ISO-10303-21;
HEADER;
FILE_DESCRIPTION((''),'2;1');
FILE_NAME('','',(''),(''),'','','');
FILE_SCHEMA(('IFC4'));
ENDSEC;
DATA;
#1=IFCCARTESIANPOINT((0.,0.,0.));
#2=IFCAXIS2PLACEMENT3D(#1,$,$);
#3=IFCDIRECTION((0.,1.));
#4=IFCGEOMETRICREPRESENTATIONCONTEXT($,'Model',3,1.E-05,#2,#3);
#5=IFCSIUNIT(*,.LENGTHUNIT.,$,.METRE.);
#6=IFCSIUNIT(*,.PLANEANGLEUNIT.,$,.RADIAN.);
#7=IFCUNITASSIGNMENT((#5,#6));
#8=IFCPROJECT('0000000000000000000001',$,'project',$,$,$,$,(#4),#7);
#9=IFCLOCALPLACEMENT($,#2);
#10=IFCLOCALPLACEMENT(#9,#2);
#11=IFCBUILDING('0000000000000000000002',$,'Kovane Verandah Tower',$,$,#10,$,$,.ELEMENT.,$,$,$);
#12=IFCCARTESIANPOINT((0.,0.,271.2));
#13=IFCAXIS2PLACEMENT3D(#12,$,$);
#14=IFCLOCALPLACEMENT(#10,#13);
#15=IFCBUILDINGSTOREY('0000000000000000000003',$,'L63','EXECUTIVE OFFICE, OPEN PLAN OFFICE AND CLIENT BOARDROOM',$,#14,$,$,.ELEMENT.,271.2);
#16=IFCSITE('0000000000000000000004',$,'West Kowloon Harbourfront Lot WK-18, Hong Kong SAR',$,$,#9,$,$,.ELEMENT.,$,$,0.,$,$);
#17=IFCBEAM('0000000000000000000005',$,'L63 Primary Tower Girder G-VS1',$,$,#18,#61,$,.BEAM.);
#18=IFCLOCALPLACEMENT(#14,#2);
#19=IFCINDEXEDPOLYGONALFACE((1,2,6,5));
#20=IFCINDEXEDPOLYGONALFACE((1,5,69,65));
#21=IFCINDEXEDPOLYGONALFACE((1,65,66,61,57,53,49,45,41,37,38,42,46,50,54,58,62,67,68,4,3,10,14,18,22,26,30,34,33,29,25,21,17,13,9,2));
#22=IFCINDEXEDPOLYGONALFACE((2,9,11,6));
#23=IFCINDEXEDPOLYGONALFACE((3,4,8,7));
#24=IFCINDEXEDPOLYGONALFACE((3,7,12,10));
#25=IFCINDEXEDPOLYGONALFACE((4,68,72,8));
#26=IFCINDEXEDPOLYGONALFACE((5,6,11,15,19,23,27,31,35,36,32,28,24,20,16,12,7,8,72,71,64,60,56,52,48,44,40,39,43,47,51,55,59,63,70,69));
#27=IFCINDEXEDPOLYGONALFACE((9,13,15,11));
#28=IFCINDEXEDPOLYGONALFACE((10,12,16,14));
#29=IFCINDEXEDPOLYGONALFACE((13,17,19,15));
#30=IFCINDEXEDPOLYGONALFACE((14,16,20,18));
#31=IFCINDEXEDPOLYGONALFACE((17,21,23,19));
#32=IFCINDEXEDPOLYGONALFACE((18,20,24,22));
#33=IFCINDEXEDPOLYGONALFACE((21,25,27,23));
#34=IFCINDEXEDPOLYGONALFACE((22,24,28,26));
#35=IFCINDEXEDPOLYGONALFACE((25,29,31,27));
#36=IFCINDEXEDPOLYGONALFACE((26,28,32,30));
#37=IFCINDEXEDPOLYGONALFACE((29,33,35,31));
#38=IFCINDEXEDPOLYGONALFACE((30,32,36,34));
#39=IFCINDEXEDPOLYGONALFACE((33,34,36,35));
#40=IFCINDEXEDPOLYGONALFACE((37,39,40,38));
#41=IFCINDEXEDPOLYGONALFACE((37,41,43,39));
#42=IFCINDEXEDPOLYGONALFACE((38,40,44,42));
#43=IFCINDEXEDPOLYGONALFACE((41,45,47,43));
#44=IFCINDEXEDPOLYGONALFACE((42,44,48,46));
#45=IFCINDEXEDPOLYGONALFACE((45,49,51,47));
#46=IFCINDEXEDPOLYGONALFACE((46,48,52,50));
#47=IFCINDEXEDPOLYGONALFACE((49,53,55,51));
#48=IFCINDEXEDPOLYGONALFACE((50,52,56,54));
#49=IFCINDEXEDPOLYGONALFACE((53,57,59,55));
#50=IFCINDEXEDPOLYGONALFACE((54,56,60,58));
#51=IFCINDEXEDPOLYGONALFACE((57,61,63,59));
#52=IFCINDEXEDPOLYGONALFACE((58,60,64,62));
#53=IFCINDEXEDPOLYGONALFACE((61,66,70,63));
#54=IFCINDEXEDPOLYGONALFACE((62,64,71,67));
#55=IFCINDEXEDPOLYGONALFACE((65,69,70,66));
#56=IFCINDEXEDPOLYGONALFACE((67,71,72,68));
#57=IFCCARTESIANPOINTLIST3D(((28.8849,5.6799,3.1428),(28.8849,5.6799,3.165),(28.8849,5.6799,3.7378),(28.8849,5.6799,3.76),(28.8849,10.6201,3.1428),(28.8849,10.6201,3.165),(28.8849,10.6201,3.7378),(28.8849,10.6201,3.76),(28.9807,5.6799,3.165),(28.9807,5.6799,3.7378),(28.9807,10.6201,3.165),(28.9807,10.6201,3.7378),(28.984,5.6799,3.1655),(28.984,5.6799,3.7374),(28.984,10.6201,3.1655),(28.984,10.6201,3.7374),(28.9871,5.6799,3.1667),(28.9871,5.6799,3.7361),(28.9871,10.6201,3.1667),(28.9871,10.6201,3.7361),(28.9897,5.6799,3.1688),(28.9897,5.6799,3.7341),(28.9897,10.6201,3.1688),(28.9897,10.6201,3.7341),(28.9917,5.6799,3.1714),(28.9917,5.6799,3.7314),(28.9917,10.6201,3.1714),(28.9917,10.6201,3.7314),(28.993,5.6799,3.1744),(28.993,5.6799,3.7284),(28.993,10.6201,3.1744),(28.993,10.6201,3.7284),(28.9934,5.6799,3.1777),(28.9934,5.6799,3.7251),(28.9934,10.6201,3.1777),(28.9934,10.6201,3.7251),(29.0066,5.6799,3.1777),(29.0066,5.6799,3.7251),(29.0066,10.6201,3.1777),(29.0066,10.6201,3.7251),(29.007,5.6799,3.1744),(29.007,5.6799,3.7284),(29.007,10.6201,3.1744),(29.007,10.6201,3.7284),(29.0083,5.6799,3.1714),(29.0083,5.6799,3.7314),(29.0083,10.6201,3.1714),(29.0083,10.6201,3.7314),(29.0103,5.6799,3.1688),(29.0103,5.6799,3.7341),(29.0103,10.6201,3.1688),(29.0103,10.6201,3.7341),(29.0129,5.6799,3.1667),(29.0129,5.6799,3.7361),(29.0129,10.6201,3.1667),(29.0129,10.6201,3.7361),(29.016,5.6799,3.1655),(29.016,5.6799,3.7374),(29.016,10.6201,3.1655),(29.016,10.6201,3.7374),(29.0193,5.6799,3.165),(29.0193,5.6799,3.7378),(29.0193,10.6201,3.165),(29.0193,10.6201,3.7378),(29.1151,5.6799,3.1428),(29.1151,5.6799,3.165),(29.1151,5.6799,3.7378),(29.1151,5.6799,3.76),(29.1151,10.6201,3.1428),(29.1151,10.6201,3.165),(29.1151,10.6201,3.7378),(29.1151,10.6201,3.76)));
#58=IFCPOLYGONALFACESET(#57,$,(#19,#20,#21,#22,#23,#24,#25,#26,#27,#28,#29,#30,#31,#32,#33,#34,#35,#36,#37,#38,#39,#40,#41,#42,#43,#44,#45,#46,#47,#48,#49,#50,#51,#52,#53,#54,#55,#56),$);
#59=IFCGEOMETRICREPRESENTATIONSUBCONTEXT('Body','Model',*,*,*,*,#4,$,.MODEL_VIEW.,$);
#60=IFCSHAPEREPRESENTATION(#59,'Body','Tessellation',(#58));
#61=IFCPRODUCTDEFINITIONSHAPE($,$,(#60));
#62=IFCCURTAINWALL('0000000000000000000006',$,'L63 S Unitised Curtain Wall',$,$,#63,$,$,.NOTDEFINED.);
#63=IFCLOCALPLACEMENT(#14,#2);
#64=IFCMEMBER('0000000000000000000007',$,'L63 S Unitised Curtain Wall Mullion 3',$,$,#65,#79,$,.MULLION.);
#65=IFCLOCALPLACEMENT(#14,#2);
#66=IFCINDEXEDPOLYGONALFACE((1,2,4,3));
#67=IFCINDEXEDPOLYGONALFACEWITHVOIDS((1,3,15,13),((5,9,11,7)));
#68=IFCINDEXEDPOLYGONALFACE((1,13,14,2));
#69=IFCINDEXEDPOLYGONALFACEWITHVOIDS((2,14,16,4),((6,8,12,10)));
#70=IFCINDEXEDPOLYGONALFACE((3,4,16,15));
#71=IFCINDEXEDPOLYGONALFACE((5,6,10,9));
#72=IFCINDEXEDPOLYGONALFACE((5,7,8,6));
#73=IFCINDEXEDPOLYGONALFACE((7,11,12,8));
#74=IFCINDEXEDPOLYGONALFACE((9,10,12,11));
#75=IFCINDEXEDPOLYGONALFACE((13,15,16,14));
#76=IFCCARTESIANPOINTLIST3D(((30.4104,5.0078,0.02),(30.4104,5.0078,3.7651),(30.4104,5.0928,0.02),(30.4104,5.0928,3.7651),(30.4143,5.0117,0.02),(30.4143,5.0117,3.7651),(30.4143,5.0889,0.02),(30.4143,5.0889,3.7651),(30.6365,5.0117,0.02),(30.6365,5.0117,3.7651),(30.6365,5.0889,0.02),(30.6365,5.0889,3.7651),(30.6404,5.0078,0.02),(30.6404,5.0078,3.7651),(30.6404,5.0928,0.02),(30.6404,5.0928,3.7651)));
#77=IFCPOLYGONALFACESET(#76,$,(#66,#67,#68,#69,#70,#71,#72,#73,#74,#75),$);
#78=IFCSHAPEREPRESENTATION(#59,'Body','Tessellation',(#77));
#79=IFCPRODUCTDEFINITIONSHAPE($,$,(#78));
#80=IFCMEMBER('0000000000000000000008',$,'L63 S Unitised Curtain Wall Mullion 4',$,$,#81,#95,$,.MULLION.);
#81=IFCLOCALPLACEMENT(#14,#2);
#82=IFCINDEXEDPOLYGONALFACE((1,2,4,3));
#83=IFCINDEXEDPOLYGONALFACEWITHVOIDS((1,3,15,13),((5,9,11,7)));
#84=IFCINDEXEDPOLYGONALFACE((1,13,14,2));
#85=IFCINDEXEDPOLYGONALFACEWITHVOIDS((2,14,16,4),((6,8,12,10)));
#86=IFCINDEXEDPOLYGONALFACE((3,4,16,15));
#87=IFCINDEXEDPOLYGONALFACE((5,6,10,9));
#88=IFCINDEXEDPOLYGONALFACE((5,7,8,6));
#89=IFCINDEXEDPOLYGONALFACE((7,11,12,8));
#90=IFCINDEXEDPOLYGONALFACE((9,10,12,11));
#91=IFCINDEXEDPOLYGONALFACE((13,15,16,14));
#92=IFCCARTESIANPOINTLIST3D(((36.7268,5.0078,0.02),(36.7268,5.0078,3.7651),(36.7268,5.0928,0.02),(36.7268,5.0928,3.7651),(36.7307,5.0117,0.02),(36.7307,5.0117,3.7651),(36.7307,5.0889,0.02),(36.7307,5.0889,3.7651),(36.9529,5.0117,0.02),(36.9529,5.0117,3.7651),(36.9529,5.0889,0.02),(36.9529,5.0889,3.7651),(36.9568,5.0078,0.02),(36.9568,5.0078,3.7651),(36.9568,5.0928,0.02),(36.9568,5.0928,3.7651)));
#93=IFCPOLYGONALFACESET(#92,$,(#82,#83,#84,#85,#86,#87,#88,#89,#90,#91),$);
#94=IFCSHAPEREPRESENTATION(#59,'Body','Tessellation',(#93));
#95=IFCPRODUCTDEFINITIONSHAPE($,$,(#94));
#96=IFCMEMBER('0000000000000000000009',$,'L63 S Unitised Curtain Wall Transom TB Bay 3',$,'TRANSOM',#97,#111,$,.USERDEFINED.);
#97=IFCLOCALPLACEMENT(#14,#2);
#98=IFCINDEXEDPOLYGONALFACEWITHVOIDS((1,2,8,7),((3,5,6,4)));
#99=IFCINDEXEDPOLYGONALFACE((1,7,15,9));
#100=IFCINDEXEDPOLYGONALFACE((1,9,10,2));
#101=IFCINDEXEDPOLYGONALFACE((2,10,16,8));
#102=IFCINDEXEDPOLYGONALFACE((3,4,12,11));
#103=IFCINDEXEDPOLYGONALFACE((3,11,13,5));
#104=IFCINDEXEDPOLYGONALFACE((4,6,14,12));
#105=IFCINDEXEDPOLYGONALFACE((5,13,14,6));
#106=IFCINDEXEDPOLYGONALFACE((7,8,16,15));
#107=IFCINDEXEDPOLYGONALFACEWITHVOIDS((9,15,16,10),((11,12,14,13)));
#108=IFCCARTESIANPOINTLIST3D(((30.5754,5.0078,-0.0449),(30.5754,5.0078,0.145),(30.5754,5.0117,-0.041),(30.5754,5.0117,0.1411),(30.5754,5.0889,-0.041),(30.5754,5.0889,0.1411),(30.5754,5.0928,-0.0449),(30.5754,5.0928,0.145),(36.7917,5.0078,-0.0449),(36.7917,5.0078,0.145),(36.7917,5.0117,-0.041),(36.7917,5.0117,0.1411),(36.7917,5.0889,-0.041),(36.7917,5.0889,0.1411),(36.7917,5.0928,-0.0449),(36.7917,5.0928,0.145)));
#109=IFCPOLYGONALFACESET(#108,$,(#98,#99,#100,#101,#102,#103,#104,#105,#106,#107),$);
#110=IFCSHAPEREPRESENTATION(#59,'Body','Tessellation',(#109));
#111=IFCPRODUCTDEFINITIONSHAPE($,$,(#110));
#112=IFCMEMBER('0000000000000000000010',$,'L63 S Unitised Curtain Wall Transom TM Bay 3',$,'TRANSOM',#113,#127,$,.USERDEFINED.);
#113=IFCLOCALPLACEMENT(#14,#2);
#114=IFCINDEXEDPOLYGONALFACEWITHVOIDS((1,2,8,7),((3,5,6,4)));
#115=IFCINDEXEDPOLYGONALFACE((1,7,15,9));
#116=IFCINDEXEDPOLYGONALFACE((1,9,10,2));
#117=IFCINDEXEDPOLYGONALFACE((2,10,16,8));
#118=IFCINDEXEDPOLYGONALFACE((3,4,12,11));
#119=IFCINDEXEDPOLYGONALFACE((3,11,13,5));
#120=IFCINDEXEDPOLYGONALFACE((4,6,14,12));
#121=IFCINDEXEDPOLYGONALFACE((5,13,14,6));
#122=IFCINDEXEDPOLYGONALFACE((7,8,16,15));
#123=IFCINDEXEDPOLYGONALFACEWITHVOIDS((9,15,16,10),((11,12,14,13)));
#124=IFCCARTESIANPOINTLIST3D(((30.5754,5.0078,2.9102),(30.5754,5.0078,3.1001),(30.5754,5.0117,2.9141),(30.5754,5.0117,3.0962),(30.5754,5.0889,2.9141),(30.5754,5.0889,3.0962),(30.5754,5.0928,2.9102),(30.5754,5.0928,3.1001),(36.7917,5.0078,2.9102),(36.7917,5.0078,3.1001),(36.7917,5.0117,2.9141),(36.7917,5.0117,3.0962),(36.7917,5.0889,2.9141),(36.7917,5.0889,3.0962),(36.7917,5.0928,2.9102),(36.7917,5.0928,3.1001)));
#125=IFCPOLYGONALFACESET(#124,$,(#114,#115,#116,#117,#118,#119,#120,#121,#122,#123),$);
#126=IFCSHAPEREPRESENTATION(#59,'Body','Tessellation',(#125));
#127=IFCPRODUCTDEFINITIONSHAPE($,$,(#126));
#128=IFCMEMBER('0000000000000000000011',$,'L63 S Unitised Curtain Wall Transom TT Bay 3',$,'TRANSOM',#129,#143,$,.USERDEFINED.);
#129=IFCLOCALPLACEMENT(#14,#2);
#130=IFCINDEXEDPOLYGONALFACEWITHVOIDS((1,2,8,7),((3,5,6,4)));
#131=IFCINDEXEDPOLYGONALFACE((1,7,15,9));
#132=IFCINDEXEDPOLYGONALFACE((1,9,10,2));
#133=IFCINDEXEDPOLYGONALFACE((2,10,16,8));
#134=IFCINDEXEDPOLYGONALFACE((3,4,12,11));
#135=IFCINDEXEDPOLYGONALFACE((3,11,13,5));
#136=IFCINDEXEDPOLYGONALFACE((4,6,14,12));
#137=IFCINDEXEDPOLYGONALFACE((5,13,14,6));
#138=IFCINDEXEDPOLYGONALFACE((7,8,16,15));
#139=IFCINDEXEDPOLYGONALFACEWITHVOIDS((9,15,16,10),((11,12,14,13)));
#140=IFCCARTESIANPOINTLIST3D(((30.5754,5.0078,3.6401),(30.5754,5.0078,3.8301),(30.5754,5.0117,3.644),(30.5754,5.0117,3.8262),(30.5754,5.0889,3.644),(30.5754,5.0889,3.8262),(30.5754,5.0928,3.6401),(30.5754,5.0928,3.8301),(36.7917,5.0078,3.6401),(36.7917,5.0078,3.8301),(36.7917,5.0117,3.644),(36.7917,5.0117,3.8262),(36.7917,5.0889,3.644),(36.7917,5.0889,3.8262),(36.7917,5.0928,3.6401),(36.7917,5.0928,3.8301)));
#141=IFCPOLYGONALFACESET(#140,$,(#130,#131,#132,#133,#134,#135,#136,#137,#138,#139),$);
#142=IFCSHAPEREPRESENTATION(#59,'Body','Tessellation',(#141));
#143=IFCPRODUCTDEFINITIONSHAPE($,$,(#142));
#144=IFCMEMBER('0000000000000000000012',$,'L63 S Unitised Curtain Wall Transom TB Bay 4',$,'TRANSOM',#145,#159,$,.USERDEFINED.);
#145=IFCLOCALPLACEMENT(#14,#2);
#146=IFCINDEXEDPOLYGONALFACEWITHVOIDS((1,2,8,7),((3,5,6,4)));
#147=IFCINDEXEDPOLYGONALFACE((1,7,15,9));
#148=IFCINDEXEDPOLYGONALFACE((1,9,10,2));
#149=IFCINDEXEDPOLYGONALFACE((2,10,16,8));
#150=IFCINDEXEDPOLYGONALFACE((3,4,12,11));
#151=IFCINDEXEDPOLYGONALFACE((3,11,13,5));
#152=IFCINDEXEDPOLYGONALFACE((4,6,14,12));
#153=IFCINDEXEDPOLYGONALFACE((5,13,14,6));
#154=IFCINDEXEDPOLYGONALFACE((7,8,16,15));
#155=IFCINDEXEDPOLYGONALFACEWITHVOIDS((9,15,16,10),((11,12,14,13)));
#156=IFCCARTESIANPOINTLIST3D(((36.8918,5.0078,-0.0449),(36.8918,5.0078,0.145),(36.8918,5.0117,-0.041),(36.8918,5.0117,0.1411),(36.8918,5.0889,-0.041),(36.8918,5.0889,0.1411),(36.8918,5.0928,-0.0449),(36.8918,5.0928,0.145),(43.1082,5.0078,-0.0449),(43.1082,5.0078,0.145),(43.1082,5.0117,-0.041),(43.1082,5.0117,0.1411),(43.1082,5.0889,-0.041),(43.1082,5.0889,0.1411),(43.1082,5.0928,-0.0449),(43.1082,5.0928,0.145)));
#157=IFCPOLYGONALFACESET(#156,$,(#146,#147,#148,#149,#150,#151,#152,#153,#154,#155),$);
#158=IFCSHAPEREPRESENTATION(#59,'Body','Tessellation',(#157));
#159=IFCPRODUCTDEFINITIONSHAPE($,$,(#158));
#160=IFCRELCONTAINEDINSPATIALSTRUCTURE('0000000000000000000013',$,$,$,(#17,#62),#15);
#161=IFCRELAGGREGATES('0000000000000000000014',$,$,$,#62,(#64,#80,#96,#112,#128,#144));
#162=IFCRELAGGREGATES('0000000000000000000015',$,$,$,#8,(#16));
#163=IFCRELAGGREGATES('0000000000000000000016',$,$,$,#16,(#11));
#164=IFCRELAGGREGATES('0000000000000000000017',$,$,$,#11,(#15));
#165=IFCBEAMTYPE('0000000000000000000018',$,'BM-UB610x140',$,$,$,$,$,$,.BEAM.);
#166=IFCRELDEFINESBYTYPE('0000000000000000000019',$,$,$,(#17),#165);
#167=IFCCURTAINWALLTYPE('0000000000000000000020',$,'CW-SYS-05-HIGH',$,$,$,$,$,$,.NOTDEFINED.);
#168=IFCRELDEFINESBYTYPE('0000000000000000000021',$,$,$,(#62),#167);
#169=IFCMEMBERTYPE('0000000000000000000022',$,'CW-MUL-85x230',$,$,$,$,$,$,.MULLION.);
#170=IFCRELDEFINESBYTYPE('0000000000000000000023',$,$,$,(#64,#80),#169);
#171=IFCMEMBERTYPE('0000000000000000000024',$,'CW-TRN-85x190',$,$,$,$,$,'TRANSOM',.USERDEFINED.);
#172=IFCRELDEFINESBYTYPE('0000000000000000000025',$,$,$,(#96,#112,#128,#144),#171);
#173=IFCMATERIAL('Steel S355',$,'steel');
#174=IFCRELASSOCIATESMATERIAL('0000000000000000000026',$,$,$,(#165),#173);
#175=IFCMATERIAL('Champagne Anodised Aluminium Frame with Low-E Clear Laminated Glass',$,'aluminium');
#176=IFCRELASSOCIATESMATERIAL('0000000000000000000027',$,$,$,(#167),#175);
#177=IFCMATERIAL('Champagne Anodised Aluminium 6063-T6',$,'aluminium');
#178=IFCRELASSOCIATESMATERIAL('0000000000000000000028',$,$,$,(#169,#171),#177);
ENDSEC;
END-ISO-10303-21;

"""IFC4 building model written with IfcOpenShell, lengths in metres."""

from ifc_helpers import new_model, si_unit, direction, frame, origin, origin_2d, place, context, subcontext, project, spatial, hollow_rectangle, i_section, extrude, material, material_profile, profile_set, type_object, element, aggregate, save


model = new_model("IFC4")

# Units and contexts
model_context = context("Model", 3, precision=1e-05, world=origin(), true_north=direction((0.0, 1.0)))
body_context = subcontext(model_context, "Body", "Model", "MODEL_VIEW")
ifc_project = project(units=[si_unit("LENGTHUNIT", "METRE"), si_unit("PLANEANGLEUNIT", "RADIAN")], contexts=[model_context])

# Site, building, storey
site_placement = place(None, origin())
site = spatial("IfcSite", under=ifc_project, at=site_placement, Name="West Kowloon Harbourfront Lot WK-18, Hong Kong SAR", CompositionType="ELEMENT", RefElevation=0.0)
building_placement = place(site_placement, origin())
building = spatial("IfcBuilding", under=site, at=building_placement, Name="Kovane Verandah Tower", CompositionType="ELEMENT")
storey_placement = place(building_placement, frame((0.0, 0.0, 271.2)))
storey = spatial("IfcBuildingStorey", under=building, at=storey_placement, Name="L63", Description="EXECUTIVE OFFICE, OPEN PLAN OFFICE AND CLIENT BOARDROOM", CompositionType="ELEMENT", Elevation=271.2)

# Beam
ifc_material_1 = material(Name="Steel S355", Category="steel")
ifc_material_profile_1 = material_profile(ifc_material_1, i_section(OverallWidth=0.2302, OverallDepth=0.6172, WebThickness=0.0132, FlangeThickness=0.0222, FilletRadius=0.0127, at=origin_2d()), Name="UB610x229x140")
ifc_profile_set_1 = profile_set([ifc_material_profile_1], Name="Steel S355")
beam_type_1 = type_object("IfcBeamType", Name="BM-UB610x140", PredefinedType="BEAM", material=ifc_profile_set_1)
beam_1_placement = place(storey_placement, frame((29.0, 10.6201, 3.4514), z_axis=(0.0, -1.0, 0.0), x_axis=(1.0, 0.0, 0.0)))
element("IfcBeam", 1, at=beam_1_placement, inside=storey, type_object=beam_type_1, Name="L63 Primary Tower Girder G-VS1", PredefinedType="BEAM", context=body_context, shape_type="SweptSolid", body=[
    extrude(i_section(OverallWidth=0.2302, OverallDepth=0.6172, WebThickness=0.0132, FlangeThickness=0.0222, FilletRadius=0.0127, at=origin_2d()), origin(), (0.0, 0.0, 1.0), 4.9402),
])

# Curtain wall, members
ifc_material_2 = material(Name="Champagne Anodised Aluminium Frame with Low-E Clear Laminated Glass", Category="aluminium")
curtain_wall_type = type_object("IfcCurtainWallType", Name="CW-SYS-05-HIGH", PredefinedType="NOTDEFINED", material=ifc_material_2)
curtain_wall_placement = place(storey_placement, origin())
curtain_wall = element("IfcCurtainWall", 2, at=curtain_wall_placement, inside=storey, type_object=curtain_wall_type, Name="L63 S Unitised Curtain Wall", PredefinedType="NOTDEFINED")
ifc_material_3 = material(Name="Champagne Anodised Aluminium 6063-T6", Category="aluminium")
ifc_material_profile_2 = material_profile(ifc_material_3, hollow_rectangle(XDim=0.085, YDim=0.23, WallThickness=0.0039, at=origin_2d()), Name="AL85x230x4")
ifc_profile_set_2 = profile_set([ifc_material_profile_2], Name="Champagne Anodised Aluminium 6063-T6")
member_type_1 = type_object("IfcMemberType", Name="CW-MUL-85x230", PredefinedType="MULLION", material=ifc_profile_set_2)
member_1_placement = place(storey_placement, frame((30.5254, 5.0503, 0.02), z_axis=(0.0, 0.0, 1.0), x_axis=(0.0, -1.0, 0.0)))
member_1 = element("IfcMember", 3, at=member_1_placement, type_object=member_type_1, Name="L63 S Unitised Curtain Wall Mullion 3", PredefinedType="MULLION", context=body_context, shape_type="SweptSolid", body=[
    extrude(hollow_rectangle(XDim=0.085, YDim=0.23, WallThickness=0.0039, at=origin_2d()), origin(), (0.0, 0.0, 1.0), 3.7451),
])
member_2_placement = place(storey_placement, frame((36.8418, 5.0503, 0.02), z_axis=(0.0, 0.0, 1.0), x_axis=(0.0, -1.0, 0.0)))
member_2 = element("IfcMember", 4, at=member_2_placement, type_object=member_type_1, Name="L63 S Unitised Curtain Wall Mullion 4", PredefinedType="MULLION", context=body_context, shape_type="SweptSolid", body=[
    extrude(hollow_rectangle(XDim=0.085, YDim=0.23, WallThickness=0.0039, at=origin_2d()), origin(), (0.0, 0.0, 1.0), 3.7451),
])
ifc_material_profile_3 = material_profile(ifc_material_3, hollow_rectangle(XDim=0.085, YDim=0.1899, WallThickness=0.0039, at=origin_2d()), Name="AL85x190x4")
ifc_profile_set_3 = profile_set([ifc_material_profile_3], Name="Champagne Anodised Aluminium 6063-T6")
member_type_2 = type_object("IfcMemberType", Name="CW-TRN-85x190", ElementType="TRANSOM", PredefinedType="USERDEFINED", material=ifc_profile_set_3)
member_3_placement = place(storey_placement, frame((30.5754, 5.0503, 0.05), z_axis=(1.0, 0.0, 0.0), x_axis=(0.0, 1.0, 0.0)))
member_3 = element("IfcMember", 5, at=member_3_placement, type_object=member_type_2, Name="L63 S Unitised Curtain Wall Transom TB Bay 3", ObjectType="TRANSOM", PredefinedType="USERDEFINED", context=body_context, shape_type="SweptSolid", body=[
    extrude(hollow_rectangle(XDim=0.085, YDim=0.1899, WallThickness=0.0039, at=origin_2d()), origin(), (0.0, 0.0, 1.0), 6.2163),
])
member_4_placement = place(storey_placement, frame((30.5754, 5.0503, 3.0051), z_axis=(1.0, 0.0, 0.0), x_axis=(0.0, 1.0, 0.0)))
member_4 = element("IfcMember", 6, at=member_4_placement, type_object=member_type_2, Name="L63 S Unitised Curtain Wall Transom TM Bay 3", ObjectType="TRANSOM", PredefinedType="USERDEFINED", context=body_context, shape_type="SweptSolid", body=[
    extrude(hollow_rectangle(XDim=0.085, YDim=0.1899, WallThickness=0.0039, at=origin_2d()), origin(), (0.0, 0.0, 1.0), 6.2163),
])
member_5_placement = place(storey_placement, frame((30.5754, 5.0503, 3.7351), z_axis=(1.0, 0.0, 0.0), x_axis=(0.0, 1.0, 0.0)))
member_5 = element("IfcMember", 7, at=member_5_placement, type_object=member_type_2, Name="L63 S Unitised Curtain Wall Transom TT Bay 3", ObjectType="TRANSOM", PredefinedType="USERDEFINED", context=body_context, shape_type="SweptSolid", body=[
    extrude(hollow_rectangle(XDim=0.085, YDim=0.1899, WallThickness=0.0039, at=origin_2d()), origin(), (0.0, 0.0, 1.0), 6.2163),
])
member_6_placement = place(storey_placement, frame((36.8918, 5.0503, 0.05), z_axis=(1.0, 0.0, 0.0), x_axis=(0.0, 1.0, 0.0)))
member_6 = element("IfcMember", 8, at=member_6_placement, type_object=member_type_2, Name="L63 S Unitised Curtain Wall Transom TB Bay 4", ObjectType="TRANSOM", PredefinedType="USERDEFINED", context=body_context, shape_type="SweptSolid", body=[
    extrude(hollow_rectangle(XDim=0.085, YDim=0.1899, WallThickness=0.0039, at=origin_2d()), origin(), (0.0, 0.0, 1.0), 6.2163),
])

aggregate(curtain_wall, [member_1, member_2, member_3, member_4, member_5, member_6])

save(model, "model.ifc")
